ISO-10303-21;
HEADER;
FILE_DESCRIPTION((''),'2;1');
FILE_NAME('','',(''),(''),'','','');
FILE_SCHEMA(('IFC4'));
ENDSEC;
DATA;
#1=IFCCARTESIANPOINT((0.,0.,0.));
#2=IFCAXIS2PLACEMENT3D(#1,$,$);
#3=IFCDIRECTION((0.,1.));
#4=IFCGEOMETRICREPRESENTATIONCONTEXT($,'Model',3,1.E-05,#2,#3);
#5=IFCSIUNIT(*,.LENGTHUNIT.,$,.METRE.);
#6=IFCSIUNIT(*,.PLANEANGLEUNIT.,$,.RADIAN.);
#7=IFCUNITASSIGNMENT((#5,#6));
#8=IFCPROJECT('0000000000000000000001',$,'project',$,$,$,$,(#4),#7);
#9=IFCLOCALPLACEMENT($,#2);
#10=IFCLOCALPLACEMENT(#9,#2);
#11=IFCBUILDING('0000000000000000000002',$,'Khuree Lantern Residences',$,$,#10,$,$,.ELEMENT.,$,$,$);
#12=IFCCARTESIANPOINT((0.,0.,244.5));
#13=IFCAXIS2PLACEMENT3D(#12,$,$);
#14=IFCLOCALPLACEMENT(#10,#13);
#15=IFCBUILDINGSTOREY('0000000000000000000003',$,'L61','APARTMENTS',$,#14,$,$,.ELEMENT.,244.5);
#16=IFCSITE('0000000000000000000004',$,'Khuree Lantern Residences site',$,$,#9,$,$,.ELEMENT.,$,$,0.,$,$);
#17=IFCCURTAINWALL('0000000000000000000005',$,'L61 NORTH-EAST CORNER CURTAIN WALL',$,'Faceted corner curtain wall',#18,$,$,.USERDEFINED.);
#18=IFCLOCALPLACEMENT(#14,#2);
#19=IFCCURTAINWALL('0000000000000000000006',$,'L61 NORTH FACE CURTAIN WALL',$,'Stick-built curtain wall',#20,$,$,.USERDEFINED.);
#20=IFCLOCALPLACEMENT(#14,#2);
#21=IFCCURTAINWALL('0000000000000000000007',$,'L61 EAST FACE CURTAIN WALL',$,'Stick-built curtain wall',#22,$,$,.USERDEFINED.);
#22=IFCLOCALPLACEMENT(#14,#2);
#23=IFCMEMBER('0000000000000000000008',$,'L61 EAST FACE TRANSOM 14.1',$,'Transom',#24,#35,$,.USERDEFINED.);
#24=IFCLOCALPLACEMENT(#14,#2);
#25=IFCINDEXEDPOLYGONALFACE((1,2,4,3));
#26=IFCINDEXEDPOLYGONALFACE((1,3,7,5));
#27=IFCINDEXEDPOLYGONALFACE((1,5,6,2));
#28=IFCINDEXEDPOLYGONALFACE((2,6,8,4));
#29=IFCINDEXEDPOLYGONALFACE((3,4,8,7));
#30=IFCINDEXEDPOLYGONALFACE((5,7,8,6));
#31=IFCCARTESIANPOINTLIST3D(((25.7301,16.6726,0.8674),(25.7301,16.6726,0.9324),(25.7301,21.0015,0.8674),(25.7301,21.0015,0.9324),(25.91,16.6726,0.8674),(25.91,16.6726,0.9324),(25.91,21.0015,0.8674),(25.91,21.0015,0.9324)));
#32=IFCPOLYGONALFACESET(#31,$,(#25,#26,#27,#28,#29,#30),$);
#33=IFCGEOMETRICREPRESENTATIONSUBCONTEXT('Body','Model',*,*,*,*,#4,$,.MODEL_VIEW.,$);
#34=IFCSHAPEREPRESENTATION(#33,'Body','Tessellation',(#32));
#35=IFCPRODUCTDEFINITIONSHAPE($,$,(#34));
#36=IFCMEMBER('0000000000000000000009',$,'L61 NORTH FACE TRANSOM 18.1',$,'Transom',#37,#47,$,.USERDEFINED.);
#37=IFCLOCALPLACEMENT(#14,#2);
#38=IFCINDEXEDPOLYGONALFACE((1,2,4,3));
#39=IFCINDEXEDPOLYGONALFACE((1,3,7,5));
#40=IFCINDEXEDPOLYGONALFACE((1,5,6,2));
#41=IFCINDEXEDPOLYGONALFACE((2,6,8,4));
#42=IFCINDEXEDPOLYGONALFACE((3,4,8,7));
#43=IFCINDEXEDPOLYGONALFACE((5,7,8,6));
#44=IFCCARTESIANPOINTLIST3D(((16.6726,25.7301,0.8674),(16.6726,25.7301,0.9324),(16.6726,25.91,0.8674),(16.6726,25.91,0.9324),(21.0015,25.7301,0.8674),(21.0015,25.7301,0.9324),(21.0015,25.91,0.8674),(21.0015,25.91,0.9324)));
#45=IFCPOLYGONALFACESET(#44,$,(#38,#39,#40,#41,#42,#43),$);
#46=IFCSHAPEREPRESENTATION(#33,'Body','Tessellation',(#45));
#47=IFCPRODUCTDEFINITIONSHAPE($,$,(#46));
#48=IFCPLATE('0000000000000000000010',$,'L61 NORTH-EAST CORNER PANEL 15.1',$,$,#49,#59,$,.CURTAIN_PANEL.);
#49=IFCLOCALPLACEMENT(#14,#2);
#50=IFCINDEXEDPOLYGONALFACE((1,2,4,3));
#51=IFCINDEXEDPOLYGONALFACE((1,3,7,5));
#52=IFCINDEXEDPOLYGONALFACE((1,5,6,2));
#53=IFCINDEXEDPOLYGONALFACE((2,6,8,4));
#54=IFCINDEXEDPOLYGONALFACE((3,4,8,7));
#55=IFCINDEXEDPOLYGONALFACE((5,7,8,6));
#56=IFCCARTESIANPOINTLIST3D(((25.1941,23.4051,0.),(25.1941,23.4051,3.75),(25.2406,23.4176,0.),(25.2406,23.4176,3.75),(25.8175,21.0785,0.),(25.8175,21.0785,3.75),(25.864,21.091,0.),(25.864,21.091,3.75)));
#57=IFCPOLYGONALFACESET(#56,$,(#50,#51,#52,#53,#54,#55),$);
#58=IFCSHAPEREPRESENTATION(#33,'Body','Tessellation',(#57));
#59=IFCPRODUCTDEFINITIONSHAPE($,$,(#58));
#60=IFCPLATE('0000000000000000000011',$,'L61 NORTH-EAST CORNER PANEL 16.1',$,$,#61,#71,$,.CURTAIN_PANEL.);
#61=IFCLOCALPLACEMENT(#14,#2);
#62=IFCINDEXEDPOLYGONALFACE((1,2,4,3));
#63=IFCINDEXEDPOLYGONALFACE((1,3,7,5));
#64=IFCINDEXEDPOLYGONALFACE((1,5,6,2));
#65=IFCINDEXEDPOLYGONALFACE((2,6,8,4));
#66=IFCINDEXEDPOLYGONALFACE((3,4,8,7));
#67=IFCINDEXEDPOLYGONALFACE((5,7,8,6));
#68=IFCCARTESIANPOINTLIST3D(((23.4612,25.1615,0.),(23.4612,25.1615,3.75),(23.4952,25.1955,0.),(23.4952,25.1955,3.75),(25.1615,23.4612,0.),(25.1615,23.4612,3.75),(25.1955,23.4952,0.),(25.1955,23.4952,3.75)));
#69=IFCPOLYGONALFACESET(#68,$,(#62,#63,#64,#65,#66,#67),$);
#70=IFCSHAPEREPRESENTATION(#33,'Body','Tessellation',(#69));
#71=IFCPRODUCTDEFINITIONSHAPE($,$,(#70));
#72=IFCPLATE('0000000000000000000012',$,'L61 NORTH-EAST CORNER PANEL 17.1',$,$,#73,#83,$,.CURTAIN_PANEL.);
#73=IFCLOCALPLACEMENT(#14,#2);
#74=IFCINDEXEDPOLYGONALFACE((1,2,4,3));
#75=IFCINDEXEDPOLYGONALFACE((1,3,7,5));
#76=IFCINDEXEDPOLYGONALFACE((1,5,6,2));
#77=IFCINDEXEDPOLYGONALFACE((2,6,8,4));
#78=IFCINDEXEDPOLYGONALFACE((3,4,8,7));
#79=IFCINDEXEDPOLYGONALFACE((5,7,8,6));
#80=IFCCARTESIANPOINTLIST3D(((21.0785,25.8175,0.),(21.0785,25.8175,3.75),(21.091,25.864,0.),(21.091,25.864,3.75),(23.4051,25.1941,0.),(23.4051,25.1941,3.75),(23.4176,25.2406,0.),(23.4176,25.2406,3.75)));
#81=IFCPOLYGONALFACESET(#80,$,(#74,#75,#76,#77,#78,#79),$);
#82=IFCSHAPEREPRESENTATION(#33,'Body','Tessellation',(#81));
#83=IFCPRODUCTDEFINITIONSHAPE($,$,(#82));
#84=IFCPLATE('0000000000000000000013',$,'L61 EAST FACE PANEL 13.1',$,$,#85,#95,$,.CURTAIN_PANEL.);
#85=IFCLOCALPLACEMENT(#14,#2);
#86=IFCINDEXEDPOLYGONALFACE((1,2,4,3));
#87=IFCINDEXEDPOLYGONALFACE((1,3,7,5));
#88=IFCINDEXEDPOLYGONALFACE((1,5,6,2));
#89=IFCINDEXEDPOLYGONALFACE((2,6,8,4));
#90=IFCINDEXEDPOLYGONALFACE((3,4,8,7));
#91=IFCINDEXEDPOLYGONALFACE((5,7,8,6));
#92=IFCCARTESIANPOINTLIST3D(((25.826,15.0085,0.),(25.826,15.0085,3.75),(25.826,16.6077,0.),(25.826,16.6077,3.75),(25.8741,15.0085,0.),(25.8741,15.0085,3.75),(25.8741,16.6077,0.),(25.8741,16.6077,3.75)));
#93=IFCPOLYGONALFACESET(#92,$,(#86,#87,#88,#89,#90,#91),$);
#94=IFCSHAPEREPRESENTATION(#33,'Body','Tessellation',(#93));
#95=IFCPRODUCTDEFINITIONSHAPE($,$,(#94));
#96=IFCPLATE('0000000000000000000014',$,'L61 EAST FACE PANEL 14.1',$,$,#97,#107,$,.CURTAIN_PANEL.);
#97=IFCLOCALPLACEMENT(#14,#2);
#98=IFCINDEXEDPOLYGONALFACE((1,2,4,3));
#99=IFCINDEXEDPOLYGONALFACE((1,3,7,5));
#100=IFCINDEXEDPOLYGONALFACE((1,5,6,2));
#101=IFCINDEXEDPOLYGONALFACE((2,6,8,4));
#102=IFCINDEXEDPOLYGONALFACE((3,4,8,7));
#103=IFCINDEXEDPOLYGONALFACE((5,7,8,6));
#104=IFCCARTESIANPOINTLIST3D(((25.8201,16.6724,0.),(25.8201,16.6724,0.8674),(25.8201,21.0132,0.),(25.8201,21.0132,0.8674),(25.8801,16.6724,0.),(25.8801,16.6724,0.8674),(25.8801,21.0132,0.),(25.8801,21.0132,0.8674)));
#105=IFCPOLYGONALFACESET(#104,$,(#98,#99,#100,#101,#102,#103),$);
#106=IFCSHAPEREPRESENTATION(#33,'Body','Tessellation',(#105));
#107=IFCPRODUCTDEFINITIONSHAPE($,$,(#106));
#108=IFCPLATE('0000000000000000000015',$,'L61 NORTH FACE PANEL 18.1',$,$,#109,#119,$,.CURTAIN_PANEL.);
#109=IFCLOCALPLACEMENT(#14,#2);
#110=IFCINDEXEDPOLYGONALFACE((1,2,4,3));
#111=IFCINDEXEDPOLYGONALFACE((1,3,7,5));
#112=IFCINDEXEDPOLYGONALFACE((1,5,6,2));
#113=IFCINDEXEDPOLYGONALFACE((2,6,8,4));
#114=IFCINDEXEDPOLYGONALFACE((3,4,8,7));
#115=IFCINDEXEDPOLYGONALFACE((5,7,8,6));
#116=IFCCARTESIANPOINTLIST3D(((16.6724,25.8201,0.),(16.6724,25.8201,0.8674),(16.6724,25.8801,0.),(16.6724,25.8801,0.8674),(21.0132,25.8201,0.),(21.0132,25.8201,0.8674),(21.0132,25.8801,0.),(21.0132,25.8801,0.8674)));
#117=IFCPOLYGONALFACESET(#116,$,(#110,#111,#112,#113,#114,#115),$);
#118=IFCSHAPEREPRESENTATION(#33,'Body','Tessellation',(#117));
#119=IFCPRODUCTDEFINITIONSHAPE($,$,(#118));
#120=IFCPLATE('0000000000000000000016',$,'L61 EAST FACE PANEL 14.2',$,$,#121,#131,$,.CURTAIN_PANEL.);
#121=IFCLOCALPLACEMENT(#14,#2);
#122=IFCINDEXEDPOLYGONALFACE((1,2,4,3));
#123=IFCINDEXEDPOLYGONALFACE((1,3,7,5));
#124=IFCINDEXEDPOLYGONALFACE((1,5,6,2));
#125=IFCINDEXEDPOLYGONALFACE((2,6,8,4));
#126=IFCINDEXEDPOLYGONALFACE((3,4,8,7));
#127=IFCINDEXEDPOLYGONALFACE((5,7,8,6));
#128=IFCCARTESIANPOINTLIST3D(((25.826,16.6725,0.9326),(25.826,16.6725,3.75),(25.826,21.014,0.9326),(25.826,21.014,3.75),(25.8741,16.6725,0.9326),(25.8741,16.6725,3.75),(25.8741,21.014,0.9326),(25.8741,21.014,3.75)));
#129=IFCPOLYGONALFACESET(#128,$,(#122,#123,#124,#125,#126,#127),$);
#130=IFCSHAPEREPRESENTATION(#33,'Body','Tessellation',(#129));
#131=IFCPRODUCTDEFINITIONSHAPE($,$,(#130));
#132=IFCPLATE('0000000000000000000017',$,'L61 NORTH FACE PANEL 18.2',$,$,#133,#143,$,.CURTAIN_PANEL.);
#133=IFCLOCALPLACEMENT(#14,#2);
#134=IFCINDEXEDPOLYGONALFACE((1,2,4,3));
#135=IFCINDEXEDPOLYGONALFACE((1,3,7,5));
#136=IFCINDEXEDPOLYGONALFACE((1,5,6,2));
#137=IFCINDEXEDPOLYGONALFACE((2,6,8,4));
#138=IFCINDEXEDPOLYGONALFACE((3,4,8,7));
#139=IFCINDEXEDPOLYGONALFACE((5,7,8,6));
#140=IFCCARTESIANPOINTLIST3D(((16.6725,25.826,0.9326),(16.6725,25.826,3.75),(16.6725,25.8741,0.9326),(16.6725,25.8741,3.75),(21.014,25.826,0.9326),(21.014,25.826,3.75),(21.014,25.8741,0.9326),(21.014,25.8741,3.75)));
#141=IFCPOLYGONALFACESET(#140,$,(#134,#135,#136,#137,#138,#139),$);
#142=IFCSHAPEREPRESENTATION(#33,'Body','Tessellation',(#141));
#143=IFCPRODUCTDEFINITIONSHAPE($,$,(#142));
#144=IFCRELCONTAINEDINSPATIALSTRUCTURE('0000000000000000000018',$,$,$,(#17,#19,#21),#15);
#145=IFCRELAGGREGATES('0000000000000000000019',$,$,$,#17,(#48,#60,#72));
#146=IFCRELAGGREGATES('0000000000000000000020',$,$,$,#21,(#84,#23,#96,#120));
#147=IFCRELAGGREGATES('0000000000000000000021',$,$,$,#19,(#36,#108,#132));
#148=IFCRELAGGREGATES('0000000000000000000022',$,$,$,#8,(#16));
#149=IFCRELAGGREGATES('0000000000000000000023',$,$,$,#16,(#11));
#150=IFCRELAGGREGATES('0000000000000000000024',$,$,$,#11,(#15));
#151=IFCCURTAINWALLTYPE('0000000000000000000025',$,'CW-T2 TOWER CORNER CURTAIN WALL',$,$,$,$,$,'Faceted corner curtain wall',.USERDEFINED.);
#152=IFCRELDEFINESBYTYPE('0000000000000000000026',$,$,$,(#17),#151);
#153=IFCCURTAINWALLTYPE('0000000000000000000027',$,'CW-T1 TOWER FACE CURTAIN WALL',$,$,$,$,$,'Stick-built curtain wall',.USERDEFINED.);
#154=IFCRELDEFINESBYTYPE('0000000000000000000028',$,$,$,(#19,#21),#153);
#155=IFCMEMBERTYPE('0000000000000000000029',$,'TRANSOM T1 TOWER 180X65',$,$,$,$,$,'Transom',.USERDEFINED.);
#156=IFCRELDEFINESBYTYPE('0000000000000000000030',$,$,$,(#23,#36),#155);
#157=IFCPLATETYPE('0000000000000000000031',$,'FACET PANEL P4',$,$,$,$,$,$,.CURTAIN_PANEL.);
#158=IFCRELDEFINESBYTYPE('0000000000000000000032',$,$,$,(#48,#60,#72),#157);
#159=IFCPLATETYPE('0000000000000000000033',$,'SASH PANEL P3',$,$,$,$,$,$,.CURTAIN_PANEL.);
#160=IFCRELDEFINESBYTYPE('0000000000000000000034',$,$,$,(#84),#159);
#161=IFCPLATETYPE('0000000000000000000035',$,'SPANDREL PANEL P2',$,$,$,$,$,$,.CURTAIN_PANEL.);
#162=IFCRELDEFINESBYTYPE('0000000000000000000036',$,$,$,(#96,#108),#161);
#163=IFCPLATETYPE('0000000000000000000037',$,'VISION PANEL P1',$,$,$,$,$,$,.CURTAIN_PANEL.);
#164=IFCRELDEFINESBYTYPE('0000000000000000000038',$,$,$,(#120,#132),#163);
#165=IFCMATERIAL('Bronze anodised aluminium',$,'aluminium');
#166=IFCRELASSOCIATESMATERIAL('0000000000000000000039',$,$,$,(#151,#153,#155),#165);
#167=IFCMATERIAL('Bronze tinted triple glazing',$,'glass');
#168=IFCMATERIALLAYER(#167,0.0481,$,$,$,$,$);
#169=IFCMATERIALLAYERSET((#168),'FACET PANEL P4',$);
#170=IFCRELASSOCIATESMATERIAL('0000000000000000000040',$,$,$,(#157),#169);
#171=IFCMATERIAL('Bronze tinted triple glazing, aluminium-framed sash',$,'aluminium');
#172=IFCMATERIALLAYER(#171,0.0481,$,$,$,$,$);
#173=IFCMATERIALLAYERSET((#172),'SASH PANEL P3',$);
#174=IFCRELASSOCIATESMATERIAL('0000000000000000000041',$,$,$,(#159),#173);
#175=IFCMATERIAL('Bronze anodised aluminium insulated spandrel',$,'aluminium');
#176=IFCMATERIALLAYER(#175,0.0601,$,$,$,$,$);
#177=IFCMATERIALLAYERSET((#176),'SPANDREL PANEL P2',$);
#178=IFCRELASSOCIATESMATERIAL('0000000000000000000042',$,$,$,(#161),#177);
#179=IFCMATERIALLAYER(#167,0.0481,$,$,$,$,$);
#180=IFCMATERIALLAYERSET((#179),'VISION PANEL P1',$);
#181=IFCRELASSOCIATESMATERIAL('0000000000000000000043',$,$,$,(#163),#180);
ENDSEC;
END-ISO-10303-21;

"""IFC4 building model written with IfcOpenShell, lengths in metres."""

from ifc_helpers import new_model, si_unit, direction, frame, origin, origin_2d, place, context, subcontext, project, spatial, rectangle, extrude, material, layer, layer_set, material_profile, profile_set, type_object, element, aggregate, save


model = new_model("IFC4")

# Units and contexts
model_context = context("Model", 3, precision=1e-05, world=origin(), true_north=direction((0.0, 1.0)))
body_context = subcontext(model_context, "Body", "Model", "MODEL_VIEW")
ifc_project = project(units=[si_unit("LENGTHUNIT", "METRE"), si_unit("PLANEANGLEUNIT", "RADIAN")], contexts=[model_context])

# Site, building, storey
site_placement = place(None, origin())
site = spatial("IfcSite", under=ifc_project, at=site_placement, Name="Khuree Lantern Residences site", CompositionType="ELEMENT", RefElevation=0.0)
building_placement = place(site_placement, origin())
building = spatial("IfcBuilding", under=site, at=building_placement, Name="Khuree Lantern Residences", CompositionType="ELEMENT")
storey_placement = place(building_placement, frame((0.0, 0.0, 244.5)))
storey = spatial("IfcBuildingStorey", under=building, at=storey_placement, Name="L61", Description="APARTMENTS", CompositionType="ELEMENT", Elevation=244.5)

# Curtain walls
ifc_material_1 = material(Name="Bronze anodised aluminium", Category="aluminium")
curtain_wall_type_1 = type_object("IfcCurtainWallType", Name="CW-T2 TOWER CORNER CURTAIN WALL", ElementType="Faceted corner curtain wall", PredefinedType="USERDEFINED", material=ifc_material_1)
curtain_wall_1_placement = place(storey_placement, origin())
curtain_wall_1 = element("IfcCurtainWall", 1, at=curtain_wall_1_placement, inside=storey, type_object=curtain_wall_type_1, Name="L61 NORTH-EAST CORNER CURTAIN WALL", ObjectType="Faceted corner curtain wall", PredefinedType="USERDEFINED")
curtain_wall_type_2 = type_object("IfcCurtainWallType", Name="CW-T1 TOWER FACE CURTAIN WALL", ElementType="Stick-built curtain wall", PredefinedType="USERDEFINED", material=ifc_material_1)
curtain_wall_2_placement = place(storey_placement, origin())
curtain_wall_2 = element("IfcCurtainWall", 2, at=curtain_wall_2_placement, inside=storey, type_object=curtain_wall_type_2, Name="L61 NORTH FACE CURTAIN WALL", ObjectType="Stick-built curtain wall", PredefinedType="USERDEFINED")

# Curtain wall
curtain_wall_3_placement = place(storey_placement, origin())
curtain_wall_3 = element("IfcCurtainWall", 3, at=curtain_wall_3_placement, inside=storey, type_object=curtain_wall_type_2, Name="L61 EAST FACE CURTAIN WALL", ObjectType="Stick-built curtain wall", PredefinedType="USERDEFINED")

# Members
ifc_material_profile_1 = material_profile(ifc_material_1, rectangle(XDim=0.1799, YDim=0.0649, at=origin_2d()), Name="T1 180X65")
ifc_profile_set_1 = profile_set([ifc_material_profile_1], Name="Bronze anodised aluminium")
member_type_1 = type_object("IfcMemberType", Name="TRANSOM T1 TOWER 180X65", ElementType="Transom", PredefinedType="USERDEFINED", material=ifc_profile_set_1)
member_1_placement = place(storey_placement, frame((25.8201, 16.6726, 0.8999), z_axis=(0.0, 1.0, 0.0), x_axis=(-1.0, 0.0, 0.0)))
member_1 = element("IfcMember", 4, at=member_1_placement, type_object=member_type_1, Name="L61 EAST FACE TRANSOM 14.1", ObjectType="Transom", PredefinedType="USERDEFINED", context=body_context, shape_type="SweptSolid", body=[
    extrude(rectangle(XDim=0.1799, YDim=0.0649, at=origin_2d()), origin(), (0.0, 0.0, 1.0), 4.3289),
])
member_2_placement = place(storey_placement, frame((21.0015, 25.8201, 0.8999), z_axis=(-1.0, 0.0, 0.0), x_axis=(0.0, -1.0, 0.0)))
member_2 = element("IfcMember", 5, at=member_2_placement, type_object=member_type_1, Name="L61 NORTH FACE TRANSOM 18.1", ObjectType="Transom", PredefinedType="USERDEFINED", context=body_context, shape_type="SweptSolid", body=[
    extrude(rectangle(XDim=0.1799, YDim=0.0649, at=origin_2d()), origin(), (0.0, 0.0, 1.0), 4.3289),
])

# Plates
ifc_material_2 = material(Name="Bronze tinted triple glazing", Category="glass")
ifc_layer_1 = layer(ifc_material_2, 0.0481)
ifc_layer_set_1 = layer_set([ifc_layer_1], Name="FACET PANEL P4")
plate_type_1 = type_object("IfcPlateType", Name="FACET PANEL P4", PredefinedType="CURTAIN_PANEL", material=ifc_layer_set_1)
plate_1_placement = place(storey_placement, frame((25.5291, 22.248, 0.0), z_axis=(0.0, 0.0, 1.0), x_axis=(-0.258819, 0.965926, 0.0)))
plate_1 = element("IfcPlate", 6, at=plate_1_placement, type_object=plate_type_1, Name="L61 NORTH-EAST CORNER PANEL 15.1", PredefinedType="CURTAIN_PANEL", context=body_context, shape_type="SweptSolid", body=[
    extrude(rectangle(XDim=2.4087, YDim=0.0481, at=origin_2d()), origin(), (0.0, 0.0, 1.0), 3.75),
])
plate_2_placement = place(storey_placement, frame((24.3284, 24.3284, 0.0), z_axis=(0.0, 0.0, 1.0), x_axis=(-0.707107, 0.707107, 0.0)))
plate_2 = element("IfcPlate", 7, at=plate_2_placement, type_object=plate_type_1, Name="L61 NORTH-EAST CORNER PANEL 16.1", PredefinedType="CURTAIN_PANEL", context=body_context, shape_type="SweptSolid", body=[
    extrude(rectangle(XDim=2.4045, YDim=0.0481, at=origin_2d()), origin(), (0.0, 0.0, 1.0), 3.75),
])
plate_3_placement = place(storey_placement, frame((22.248, 25.5291, 0.0), z_axis=(0.0, 0.0, 1.0), x_axis=(-0.965926, 0.258819, 0.0)))
plate_3 = element("IfcPlate", 8, at=plate_3_placement, type_object=plate_type_1, Name="L61 NORTH-EAST CORNER PANEL 17.1", PredefinedType="CURTAIN_PANEL", context=body_context, shape_type="SweptSolid", body=[
    extrude(rectangle(XDim=2.4087, YDim=0.0481, at=origin_2d()), origin(), (0.0, 0.0, 1.0), 3.75),
])
aggregate(curtain_wall_1, [plate_1, plate_2, plate_3])
ifc_material_3 = material(Name="Bronze tinted triple glazing, aluminium-framed sash", Category="aluminium")
ifc_layer_2 = layer(ifc_material_3, 0.0481)
ifc_layer_set_2 = layer_set([ifc_layer_2], Name="SASH PANEL P3")
plate_type_2 = type_object("IfcPlateType", Name="SASH PANEL P3", PredefinedType="CURTAIN_PANEL", material=ifc_layer_set_2)
plate_4_placement = place(storey_placement, frame((25.8501, 15.8081, 0.0), z_axis=(0.0, 0.0, 1.0), x_axis=(0.0, 1.0, 0.0)))
plate_4 = element("IfcPlate", 9, at=plate_4_placement, type_object=plate_type_2, Name="L61 EAST FACE PANEL 13.1", PredefinedType="CURTAIN_PANEL", context=body_context, shape_type="SweptSolid", body=[
    extrude(rectangle(XDim=1.5991, YDim=0.0481, at=origin_2d()), origin(), (0.0, 0.0, 1.0), 3.75),
])
ifc_material_4 = material(Name="Bronze anodised aluminium insulated spandrel", Category="aluminium")
ifc_layer_3 = layer(ifc_material_4, 0.0601)
ifc_layer_set_3 = layer_set([ifc_layer_3], Name="SPANDREL PANEL P2")
plate_type_3 = type_object("IfcPlateType", Name="SPANDREL PANEL P2", PredefinedType="CURTAIN_PANEL", material=ifc_layer_set_3)
plate_5_placement = place(storey_placement, frame((25.8501, 18.8428, 0.0), z_axis=(0.0, 0.0, 1.0), x_axis=(0.0, 1.0, 0.0)))
plate_5 = element("IfcPlate", 10, at=plate_5_placement, type_object=plate_type_3, Name="L61 EAST FACE PANEL 14.1", PredefinedType="CURTAIN_PANEL", context=body_context, shape_type="SweptSolid", body=[
    extrude(rectangle(XDim=4.3408, YDim=0.0601, at=origin_2d()), origin(), (0.0, 0.0, 1.0), 0.8674),
])
plate_6_placement = place(storey_placement, frame((18.8428, 25.8501, 0.0), z_axis=(0.0, 0.0, 1.0), x_axis=(-1.0, 0.0, 0.0)))
plate_6 = element("IfcPlate", 11, at=plate_6_placement, type_object=plate_type_3, Name="L61 NORTH FACE PANEL 18.1", PredefinedType="CURTAIN_PANEL", context=body_context, shape_type="SweptSolid", body=[
    extrude(rectangle(XDim=4.3408, YDim=0.0601, at=origin_2d()), origin(), (0.0, 0.0, 1.0), 0.8674),
])
ifc_layer_4 = layer(ifc_material_2, 0.0481)
ifc_layer_set_4 = layer_set([ifc_layer_4], Name="VISION PANEL P1")
plate_type_4 = type_object("IfcPlateType", Name="VISION PANEL P1", PredefinedType="CURTAIN_PANEL", material=ifc_layer_set_4)
plate_7_placement = place(storey_placement, frame((25.8501, 18.8433, 0.9326), z_axis=(0.0, 0.0, 1.0), x_axis=(0.0, 1.0, 0.0)))
plate_7 = element("IfcPlate", 12, at=plate_7_placement, type_object=plate_type_4, Name="L61 EAST FACE PANEL 14.2", PredefinedType="CURTAIN_PANEL", context=body_context, shape_type="SweptSolid", body=[
    extrude(rectangle(XDim=4.3416, YDim=0.0481, at=origin_2d()), origin(), (0.0, 0.0, 1.0), 2.8174),
])
aggregate(curtain_wall_3, [plate_4, member_1, plate_5, plate_7])
plate_8_placement = place(storey_placement, frame((18.8433, 25.8501, 0.9326), z_axis=(0.0, 0.0, 1.0), x_axis=(-1.0, 0.0, 0.0)))
plate_8 = element("IfcPlate", 13, at=plate_8_placement, type_object=plate_type_4, Name="L61 NORTH FACE PANEL 18.2", PredefinedType="CURTAIN_PANEL", context=body_context, shape_type="SweptSolid", body=[
    extrude(rectangle(XDim=4.3416, YDim=0.0481, at=origin_2d()), origin(), (0.0, 0.0, 1.0), 2.8174),
])
aggregate(curtain_wall_2, [member_2, plate_6, plate_8])

save(model, "model.ifc")
